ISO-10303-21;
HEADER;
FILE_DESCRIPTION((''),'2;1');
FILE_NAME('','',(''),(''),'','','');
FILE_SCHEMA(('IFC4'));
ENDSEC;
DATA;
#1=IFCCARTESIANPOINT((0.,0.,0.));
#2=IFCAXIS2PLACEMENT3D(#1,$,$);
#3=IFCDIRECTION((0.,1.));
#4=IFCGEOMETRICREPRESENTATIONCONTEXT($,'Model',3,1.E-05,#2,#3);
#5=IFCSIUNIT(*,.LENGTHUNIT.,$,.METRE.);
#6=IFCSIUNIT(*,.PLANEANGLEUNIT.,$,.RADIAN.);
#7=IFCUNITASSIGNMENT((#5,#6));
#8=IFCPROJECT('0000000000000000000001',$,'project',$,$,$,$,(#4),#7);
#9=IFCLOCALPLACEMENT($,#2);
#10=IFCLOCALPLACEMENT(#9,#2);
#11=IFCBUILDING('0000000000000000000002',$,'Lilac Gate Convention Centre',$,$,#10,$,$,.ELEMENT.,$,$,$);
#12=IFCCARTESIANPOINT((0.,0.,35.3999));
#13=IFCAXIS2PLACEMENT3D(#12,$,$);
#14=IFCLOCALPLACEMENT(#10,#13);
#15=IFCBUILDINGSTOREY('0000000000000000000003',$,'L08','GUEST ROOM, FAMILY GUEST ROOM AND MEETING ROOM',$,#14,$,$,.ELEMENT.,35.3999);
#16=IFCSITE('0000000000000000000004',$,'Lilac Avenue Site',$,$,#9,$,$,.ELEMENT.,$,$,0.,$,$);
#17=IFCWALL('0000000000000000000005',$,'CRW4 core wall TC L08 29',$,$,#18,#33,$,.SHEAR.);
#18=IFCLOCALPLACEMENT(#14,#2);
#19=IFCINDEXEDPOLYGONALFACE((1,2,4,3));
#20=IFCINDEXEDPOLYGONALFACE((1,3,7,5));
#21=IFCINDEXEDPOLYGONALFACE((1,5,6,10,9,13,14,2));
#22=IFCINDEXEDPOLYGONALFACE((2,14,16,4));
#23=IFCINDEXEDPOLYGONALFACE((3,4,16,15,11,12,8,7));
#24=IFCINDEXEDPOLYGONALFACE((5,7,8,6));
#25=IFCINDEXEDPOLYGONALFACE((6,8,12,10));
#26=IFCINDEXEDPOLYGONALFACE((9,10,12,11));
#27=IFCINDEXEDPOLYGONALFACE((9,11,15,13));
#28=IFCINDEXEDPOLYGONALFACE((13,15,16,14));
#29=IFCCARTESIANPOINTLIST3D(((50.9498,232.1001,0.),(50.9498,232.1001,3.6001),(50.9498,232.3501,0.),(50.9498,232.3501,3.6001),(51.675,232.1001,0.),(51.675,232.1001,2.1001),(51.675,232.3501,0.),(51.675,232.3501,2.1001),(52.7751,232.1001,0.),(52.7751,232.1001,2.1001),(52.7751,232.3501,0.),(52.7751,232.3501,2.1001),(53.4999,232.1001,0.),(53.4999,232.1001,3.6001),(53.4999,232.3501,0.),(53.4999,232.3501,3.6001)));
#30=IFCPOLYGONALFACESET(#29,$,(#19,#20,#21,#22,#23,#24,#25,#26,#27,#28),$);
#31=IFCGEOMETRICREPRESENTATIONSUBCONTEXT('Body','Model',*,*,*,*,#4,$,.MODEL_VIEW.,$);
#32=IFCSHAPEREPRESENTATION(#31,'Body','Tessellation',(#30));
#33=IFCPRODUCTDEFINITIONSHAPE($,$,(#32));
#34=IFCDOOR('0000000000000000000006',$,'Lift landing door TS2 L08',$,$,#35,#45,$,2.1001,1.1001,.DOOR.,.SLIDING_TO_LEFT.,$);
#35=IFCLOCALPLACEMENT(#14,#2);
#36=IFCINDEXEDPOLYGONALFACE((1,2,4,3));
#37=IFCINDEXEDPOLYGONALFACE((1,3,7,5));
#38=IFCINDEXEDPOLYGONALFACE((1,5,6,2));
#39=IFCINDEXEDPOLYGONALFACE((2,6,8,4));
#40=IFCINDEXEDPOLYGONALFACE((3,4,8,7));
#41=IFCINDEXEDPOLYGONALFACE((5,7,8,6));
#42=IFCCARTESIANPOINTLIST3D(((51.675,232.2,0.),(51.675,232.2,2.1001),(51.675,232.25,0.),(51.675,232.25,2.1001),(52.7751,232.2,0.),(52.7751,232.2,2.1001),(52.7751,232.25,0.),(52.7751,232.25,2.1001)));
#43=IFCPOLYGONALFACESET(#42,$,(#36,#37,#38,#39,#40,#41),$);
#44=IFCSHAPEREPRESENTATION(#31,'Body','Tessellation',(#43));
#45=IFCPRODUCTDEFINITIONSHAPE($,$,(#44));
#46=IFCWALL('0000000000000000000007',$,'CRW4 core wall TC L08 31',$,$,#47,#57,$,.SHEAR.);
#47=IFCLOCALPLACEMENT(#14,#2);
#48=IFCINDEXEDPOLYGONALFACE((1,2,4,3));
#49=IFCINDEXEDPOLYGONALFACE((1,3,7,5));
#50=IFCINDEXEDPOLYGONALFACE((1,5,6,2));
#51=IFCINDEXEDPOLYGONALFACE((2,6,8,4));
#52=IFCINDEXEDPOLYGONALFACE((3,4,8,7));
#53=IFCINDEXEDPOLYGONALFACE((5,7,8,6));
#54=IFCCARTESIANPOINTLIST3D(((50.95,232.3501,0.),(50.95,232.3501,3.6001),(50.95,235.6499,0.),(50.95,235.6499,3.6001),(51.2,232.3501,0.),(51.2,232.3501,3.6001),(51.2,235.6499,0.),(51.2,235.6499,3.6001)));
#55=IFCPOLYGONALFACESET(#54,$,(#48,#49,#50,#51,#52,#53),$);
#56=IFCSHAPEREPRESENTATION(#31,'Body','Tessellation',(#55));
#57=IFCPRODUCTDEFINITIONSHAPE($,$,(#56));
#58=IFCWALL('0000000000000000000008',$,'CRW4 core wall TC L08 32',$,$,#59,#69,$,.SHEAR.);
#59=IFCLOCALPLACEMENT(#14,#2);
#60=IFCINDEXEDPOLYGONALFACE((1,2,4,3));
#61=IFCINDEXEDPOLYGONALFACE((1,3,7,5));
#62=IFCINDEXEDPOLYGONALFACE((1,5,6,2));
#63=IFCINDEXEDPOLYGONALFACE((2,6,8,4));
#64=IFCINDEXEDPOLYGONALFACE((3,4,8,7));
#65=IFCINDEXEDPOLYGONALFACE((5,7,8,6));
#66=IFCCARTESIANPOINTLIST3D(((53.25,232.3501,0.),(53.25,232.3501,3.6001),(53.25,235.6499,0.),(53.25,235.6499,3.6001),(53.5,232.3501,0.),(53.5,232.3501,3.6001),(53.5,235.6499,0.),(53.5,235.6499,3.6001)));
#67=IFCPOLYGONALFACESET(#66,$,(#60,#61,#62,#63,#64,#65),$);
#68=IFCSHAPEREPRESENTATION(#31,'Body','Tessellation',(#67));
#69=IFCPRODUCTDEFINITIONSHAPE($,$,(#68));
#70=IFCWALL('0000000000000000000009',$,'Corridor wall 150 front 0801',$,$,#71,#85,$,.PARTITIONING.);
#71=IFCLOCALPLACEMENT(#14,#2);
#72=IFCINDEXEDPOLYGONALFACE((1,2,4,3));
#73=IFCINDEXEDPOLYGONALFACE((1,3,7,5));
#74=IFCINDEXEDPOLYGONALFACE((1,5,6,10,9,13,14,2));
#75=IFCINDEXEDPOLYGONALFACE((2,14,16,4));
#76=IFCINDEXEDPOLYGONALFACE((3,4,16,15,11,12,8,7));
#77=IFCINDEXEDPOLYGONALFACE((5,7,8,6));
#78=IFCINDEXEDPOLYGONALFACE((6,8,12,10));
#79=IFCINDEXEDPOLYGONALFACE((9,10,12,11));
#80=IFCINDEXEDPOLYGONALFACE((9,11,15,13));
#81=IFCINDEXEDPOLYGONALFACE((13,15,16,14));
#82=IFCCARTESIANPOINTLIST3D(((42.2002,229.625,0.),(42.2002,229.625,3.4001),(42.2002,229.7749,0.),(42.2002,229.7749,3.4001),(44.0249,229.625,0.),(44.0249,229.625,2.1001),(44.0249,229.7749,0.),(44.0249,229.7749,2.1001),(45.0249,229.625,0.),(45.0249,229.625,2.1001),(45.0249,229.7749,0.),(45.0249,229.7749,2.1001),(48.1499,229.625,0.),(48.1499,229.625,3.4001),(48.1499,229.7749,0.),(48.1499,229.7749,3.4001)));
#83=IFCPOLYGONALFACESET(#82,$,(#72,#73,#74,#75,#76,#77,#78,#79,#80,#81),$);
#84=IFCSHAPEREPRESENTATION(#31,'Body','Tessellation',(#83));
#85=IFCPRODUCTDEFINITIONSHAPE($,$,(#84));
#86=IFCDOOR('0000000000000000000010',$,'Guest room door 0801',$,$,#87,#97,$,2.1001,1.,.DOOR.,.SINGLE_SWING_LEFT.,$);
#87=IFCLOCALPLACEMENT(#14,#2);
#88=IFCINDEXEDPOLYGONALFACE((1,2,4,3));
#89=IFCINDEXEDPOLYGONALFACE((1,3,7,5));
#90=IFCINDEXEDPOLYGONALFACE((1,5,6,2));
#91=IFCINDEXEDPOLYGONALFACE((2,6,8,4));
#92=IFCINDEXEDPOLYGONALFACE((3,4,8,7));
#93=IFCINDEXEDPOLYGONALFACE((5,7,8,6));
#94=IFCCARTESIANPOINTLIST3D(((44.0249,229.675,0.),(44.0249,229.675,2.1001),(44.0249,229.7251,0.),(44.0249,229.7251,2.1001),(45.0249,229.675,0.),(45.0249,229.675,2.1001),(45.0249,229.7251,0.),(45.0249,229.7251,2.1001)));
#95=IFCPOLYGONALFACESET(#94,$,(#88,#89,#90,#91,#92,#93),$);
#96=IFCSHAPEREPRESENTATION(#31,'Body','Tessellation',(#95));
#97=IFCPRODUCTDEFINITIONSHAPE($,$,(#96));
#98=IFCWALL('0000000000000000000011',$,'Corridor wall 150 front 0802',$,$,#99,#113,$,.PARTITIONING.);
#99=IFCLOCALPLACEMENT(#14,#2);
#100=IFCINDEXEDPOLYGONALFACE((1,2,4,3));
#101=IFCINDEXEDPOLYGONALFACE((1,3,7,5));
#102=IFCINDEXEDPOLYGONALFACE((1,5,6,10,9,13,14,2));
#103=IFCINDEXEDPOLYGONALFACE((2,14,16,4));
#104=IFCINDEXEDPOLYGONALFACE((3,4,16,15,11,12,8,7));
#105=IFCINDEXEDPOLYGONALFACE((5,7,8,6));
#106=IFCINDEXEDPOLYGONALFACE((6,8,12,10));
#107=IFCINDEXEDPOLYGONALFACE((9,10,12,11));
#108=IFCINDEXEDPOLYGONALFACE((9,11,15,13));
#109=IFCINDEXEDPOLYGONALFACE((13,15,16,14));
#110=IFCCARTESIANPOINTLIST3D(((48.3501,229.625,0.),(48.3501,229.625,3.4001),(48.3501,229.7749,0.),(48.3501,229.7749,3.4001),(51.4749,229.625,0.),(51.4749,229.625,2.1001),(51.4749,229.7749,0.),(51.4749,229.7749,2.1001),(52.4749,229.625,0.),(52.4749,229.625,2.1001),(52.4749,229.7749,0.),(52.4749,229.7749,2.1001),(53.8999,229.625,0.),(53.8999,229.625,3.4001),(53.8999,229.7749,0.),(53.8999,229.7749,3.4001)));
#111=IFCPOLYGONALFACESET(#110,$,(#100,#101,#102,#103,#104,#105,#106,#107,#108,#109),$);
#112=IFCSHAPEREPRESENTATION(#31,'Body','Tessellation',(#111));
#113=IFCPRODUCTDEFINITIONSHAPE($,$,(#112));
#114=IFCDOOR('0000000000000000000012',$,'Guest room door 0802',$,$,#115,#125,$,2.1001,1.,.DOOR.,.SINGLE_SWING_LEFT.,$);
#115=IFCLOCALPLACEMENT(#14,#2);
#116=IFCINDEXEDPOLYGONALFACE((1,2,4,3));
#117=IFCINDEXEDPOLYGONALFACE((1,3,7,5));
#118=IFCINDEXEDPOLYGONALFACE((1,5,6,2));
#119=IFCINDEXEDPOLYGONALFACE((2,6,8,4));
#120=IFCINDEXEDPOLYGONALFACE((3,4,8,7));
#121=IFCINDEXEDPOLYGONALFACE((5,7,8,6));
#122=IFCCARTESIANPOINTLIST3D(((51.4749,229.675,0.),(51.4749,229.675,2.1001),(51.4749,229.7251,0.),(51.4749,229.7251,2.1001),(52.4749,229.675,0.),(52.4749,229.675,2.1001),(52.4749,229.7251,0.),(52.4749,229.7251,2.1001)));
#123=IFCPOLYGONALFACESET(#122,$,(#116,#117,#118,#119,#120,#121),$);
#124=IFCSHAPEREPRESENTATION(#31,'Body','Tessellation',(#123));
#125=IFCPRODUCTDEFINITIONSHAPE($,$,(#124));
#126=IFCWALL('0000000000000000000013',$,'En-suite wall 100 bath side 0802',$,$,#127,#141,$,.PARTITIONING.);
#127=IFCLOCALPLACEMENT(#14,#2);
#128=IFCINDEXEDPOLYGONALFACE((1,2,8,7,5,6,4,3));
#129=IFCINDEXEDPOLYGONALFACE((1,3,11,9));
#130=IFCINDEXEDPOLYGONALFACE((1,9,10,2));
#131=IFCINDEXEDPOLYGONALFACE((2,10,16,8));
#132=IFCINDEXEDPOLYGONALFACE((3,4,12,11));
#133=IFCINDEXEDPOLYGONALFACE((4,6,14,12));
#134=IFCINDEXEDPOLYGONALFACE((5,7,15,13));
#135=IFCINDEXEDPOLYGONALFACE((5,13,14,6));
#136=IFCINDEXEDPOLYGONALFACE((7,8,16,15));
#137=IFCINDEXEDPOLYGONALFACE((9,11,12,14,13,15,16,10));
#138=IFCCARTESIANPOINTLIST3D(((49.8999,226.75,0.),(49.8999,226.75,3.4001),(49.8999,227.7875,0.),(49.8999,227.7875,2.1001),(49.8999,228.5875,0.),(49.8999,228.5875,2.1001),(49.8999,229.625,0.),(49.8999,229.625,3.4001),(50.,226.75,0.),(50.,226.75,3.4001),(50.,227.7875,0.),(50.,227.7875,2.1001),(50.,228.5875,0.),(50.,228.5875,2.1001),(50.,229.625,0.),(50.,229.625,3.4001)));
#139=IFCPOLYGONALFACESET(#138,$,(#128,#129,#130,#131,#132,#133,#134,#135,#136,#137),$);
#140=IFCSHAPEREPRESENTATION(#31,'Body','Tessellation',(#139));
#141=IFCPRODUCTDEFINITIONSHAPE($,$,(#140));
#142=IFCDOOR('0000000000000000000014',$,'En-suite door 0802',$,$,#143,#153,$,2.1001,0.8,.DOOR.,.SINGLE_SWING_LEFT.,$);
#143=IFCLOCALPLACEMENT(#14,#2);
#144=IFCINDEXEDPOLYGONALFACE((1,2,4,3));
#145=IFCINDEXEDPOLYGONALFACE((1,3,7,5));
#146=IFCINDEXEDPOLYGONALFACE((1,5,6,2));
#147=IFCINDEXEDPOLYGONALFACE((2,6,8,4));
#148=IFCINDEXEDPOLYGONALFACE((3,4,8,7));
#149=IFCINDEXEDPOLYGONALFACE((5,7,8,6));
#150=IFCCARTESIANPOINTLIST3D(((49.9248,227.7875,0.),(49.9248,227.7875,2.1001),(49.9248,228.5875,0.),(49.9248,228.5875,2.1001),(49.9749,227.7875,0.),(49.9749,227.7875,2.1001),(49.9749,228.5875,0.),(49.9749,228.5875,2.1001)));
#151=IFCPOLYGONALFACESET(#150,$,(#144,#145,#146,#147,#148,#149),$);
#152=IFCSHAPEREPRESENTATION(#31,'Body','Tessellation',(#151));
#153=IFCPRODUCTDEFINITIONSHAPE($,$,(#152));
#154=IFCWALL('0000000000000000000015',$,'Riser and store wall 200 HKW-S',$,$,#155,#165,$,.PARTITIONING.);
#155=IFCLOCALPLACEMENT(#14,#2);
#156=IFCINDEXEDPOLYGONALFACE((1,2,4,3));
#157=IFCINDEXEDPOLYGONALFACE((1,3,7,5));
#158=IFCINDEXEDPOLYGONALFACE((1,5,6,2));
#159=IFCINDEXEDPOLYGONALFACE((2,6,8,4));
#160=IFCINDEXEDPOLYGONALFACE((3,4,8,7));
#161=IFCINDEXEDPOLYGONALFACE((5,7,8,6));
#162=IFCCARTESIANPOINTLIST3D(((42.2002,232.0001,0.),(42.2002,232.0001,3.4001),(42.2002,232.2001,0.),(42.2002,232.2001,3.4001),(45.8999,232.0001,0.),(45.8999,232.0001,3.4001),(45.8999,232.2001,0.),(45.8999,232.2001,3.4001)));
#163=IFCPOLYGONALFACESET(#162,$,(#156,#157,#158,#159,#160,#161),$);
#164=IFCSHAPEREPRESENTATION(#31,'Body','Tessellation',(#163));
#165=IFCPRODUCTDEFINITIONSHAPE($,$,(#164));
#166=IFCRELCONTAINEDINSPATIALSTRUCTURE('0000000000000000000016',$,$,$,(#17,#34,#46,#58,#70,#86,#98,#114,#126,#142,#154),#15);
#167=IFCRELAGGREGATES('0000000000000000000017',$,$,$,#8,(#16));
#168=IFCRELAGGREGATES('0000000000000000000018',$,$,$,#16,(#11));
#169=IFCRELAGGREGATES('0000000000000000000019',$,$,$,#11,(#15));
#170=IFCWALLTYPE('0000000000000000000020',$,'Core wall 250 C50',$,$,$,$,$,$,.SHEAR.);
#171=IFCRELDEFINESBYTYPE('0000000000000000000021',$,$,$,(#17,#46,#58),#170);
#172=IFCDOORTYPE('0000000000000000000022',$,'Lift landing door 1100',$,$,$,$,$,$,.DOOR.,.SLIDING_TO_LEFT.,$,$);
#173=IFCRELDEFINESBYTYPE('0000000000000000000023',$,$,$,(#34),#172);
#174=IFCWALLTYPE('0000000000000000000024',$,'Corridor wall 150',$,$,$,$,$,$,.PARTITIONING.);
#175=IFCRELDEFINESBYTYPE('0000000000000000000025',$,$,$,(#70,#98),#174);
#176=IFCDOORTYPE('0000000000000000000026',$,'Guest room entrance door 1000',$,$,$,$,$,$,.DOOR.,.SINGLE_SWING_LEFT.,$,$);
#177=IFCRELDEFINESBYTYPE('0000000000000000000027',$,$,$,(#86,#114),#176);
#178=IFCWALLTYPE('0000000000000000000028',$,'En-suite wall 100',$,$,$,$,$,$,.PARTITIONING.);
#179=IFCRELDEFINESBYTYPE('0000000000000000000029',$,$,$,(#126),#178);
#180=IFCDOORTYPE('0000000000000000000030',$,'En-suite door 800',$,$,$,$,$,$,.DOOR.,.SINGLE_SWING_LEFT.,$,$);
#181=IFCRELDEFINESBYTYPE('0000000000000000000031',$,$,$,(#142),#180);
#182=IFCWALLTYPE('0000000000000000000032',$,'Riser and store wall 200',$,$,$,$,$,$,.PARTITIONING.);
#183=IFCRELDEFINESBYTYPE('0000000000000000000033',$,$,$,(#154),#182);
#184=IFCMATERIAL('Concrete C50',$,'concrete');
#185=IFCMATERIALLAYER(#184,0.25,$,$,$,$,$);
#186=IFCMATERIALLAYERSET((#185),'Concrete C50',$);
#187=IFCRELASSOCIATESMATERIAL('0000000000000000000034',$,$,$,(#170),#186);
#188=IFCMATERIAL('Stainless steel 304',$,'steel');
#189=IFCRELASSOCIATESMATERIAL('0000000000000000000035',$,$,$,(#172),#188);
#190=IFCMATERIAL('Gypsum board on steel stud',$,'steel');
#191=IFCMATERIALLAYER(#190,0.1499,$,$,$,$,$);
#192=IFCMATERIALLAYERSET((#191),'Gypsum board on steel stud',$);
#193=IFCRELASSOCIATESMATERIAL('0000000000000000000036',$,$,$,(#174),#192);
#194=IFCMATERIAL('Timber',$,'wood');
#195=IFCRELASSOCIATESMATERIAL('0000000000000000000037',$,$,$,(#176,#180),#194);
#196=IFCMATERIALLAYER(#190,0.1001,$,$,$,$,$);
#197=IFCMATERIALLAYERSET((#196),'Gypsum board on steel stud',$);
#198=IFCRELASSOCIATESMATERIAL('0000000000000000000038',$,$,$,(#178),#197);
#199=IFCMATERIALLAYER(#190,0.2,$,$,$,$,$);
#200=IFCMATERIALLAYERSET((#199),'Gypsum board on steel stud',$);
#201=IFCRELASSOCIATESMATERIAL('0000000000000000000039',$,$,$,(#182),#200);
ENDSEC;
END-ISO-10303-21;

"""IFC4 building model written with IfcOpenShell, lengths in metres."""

from ifc_helpers import new_model, si_unit, direction, frame, frame_2d, origin, place, context, subcontext, project, spatial, rectangle, extrude, material, layer, layer_set, type_object, element, fill, save


model = new_model("IFC4")

# Units and contexts
model_context = context("Model", 3, precision=1e-05, world=origin(), true_north=direction((0.0, 1.0)))
body_context = subcontext(model_context, "Body", "Model", "MODEL_VIEW")
ifc_project = project(units=[si_unit("LENGTHUNIT", "METRE"), si_unit("PLANEANGLEUNIT", "RADIAN")], contexts=[model_context])

# Site, building, storey
site_placement = place(None, origin())
site = spatial("IfcSite", under=ifc_project, at=site_placement, Name="Lilac Avenue Site", CompositionType="ELEMENT", RefElevation=0.0)
building_placement = place(site_placement, origin())
building = spatial("IfcBuilding", under=site, at=building_placement, Name="Lilac Gate Convention Centre", CompositionType="ELEMENT")
storey_placement = place(building_placement, frame((0.0, 0.0, 35.3999)))
storey = spatial("IfcBuildingStorey", under=building, at=storey_placement, Name="L08", Description="GUEST ROOM, FAMILY GUEST ROOM AND MEETING ROOM", CompositionType="ELEMENT", Elevation=35.3999)

# Shared definitions
ifc_material_1 = material(Name="Concrete C50", Category="concrete")
ifc_layer_1 = layer(ifc_material_1, 0.25)
ifc_layer_set_1 = layer_set([ifc_layer_1], Name="Concrete C50")
wall_type_1 = type_object("IfcWallType", Name="Core wall 250 C50", PredefinedType="SHEAR", material=ifc_layer_set_1)
ifc_material_2 = material(Name="Stainless steel 304", Category="steel")
door_type_1 = type_object("IfcDoorType", Name="Lift landing door 1100", OperationType="SLIDING_TO_LEFT", PredefinedType="DOOR", material=ifc_material_2)

# Wall, opening, door
wall_1_placement = place(storey_placement, frame((50.95, 232.2251, 0.0), z_axis=(0.0, 0.0, 1.0), x_axis=(1.0, 0.0, 0.0)))
wall_1 = element("IfcWall", 1, at=wall_1_placement, inside=storey, type_object=wall_type_1, Name="CRW4 core wall TC L08 29", PredefinedType="SHEAR", context=body_context, shape_type="SweptSolid", body=[
    extrude(rectangle(XDim=2.55, YDim=0.25, at=frame_2d((1.2749, 0.0))), origin(), (0.0, 0.0, 1.0), 3.6001),
])
opening_1_placement = place(wall_1_placement, frame((0.7251, 0.0, 0.0)))
opening_1 = element("IfcOpeningElement", 2, at=opening_1_placement, cuts=wall_1, PredefinedType="OPENING", context=body_context, shape_type="SweptSolid", body=[
    extrude(rectangle(XDim=1.1001, YDim=2.1001, at=frame_2d((0.55, 1.05))), frame((0.0, 0.135, 0.0), z_axis=(0.0, -1.0, 0.0), x_axis=(1.0, 0.0, 0.0)), (0.0, 0.0, 1.0), 0.27),
])
door_1_placement = place(opening_1_placement, origin())
door_1 = element("IfcDoor", 3, at=door_1_placement, inside=storey, type_object=door_type_1, Name="Lift landing door TS2 L08", OperationType="SLIDING_TO_LEFT", OverallHeight=2.1001, OverallWidth=1.1001, PredefinedType="DOOR", context=body_context, shape_type="SweptSolid", body=[
    extrude(rectangle(XDim=1.1001, YDim=2.1001, at=frame_2d((0.55, 1.05))), frame((0.0, 0.0249, 0.0), z_axis=(0.0, -1.0, 0.0), x_axis=(1.0, 0.0, 0.0)), (0.0, 0.0, 1.0), 0.05),
])
fill(opening_1, door_1)

# Walls
for number, where, z_axis, x_axis, name in (
    (4, (51.075, 232.3501, 0.0), (0.0, 0.0, 1.0), (0.0, 1.0, 0.0), "CRW4 core wall TC L08 31"),
    (5, (53.375, 232.3501, 0.0), (0.0, 0.0, 1.0), (0.0, 1.0, 0.0), "CRW4 core wall TC L08 32"),
):
    element("IfcWall", number, at=place(storey_placement, frame(where, z_axis=z_axis, x_axis=x_axis)), inside=storey, type_object=wall_type_1, Name=name, PredefinedType="SHEAR", context=body_context, shape_type="SweptSolid", body=[
        extrude(rectangle(XDim=3.2998, YDim=0.25, at=frame_2d((1.6499, 0.0))), origin(), (0.0, 0.0, 1.0), 3.6001),
    ])

# Walls, openings, doors
ifc_material_3 = material(Name="Gypsum board on steel stud", Category="steel")
ifc_layer_2 = layer(ifc_material_3, 0.1499)
ifc_layer_set_2 = layer_set([ifc_layer_2], Name="Gypsum board on steel stud")
wall_type_2 = type_object("IfcWallType", Name="Corridor wall 150", PredefinedType="PARTITIONING", material=ifc_layer_set_2)
wall_2_placement = place(storey_placement, frame((48.1499, 229.7, 0.0), z_axis=(0.0, 0.0, 1.0), x_axis=(-1.0, 0.0, 0.0)))
wall_2 = element("IfcWall", 6, at=wall_2_placement, inside=storey, type_object=wall_type_2, Name="Corridor wall 150 front 0801", PredefinedType="PARTITIONING", context=body_context, shape_type="SweptSolid", body=[
    extrude(rectangle(XDim=5.9497, YDim=0.1499, at=frame_2d((2.9749, 0.0))), origin(), (0.0, 0.0, 1.0), 3.4001),
])
opening_2_placement = place(wall_2_placement, frame((3.125, 0.0, 0.0)))
opening_2 = element("IfcOpeningElement", 7, at=opening_2_placement, cuts=wall_2, PredefinedType="OPENING", context=body_context, shape_type="SweptSolid", body=[
    extrude(rectangle(XDim=1.0, YDim=2.1001, at=frame_2d((0.5, 1.05))), frame((0.0, 0.085, 0.0), z_axis=(0.0, -1.0, 0.0), x_axis=(1.0, 0.0, 0.0)), (0.0, 0.0, 1.0), 0.1699),
])
ifc_material_4 = material(Name="Timber", Category="wood")
door_type_2 = type_object("IfcDoorType", Name="Guest room entrance door 1000", OperationType="SINGLE_SWING_LEFT", PredefinedType="DOOR", material=ifc_material_4)
door_2_placement = place(opening_2_placement, origin())
door_2 = element("IfcDoor", 8, at=door_2_placement, inside=storey, type_object=door_type_2, Name="Guest room door 0801", OperationType="SINGLE_SWING_LEFT", OverallHeight=2.1001, OverallWidth=1.0, PredefinedType="DOOR", context=body_context, shape_type="SweptSolid", body=[
    extrude(rectangle(XDim=1.0, YDim=2.1001, at=frame_2d((0.5, 1.05))), frame((0.0, 0.0249, 0.0), z_axis=(0.0, -1.0, 0.0), x_axis=(1.0, 0.0, 0.0)), (0.0, 0.0, 1.0), 0.05),
])
fill(opening_2, door_2)
wall_3_placement = place(storey_placement, frame((53.8999, 229.7, 0.0), z_axis=(0.0, 0.0, 1.0), x_axis=(-1.0, 0.0, 0.0)))
wall_3 = element("IfcWall", 9, at=wall_3_placement, inside=storey, type_object=wall_type_2, Name="Corridor wall 150 front 0802", PredefinedType="PARTITIONING", context=body_context, shape_type="SweptSolid", body=[
    extrude(rectangle(XDim=5.5498, YDim=0.1499, at=frame_2d((2.7749, 0.0))), origin(), (0.0, 0.0, 1.0), 3.4001),
])
opening_3_placement = place(wall_3_placement, frame((1.425, 0.0, 0.0)))
opening_3 = element("IfcOpeningElement", 10, at=opening_3_placement, cuts=wall_3, PredefinedType="OPENING", context=body_context, shape_type="SweptSolid", body=[
    extrude(rectangle(XDim=1.0, YDim=2.1001, at=frame_2d((0.5, 1.05))), frame((0.0, 0.085, 0.0), z_axis=(0.0, -1.0, 0.0), x_axis=(1.0, 0.0, 0.0)), (0.0, 0.0, 1.0), 0.1699),
])
door_3_placement = place(opening_3_placement, origin())
door_3 = element("IfcDoor", 11, at=door_3_placement, inside=storey, type_object=door_type_2, Name="Guest room door 0802", OperationType="SINGLE_SWING_LEFT", OverallHeight=2.1001, OverallWidth=1.0, PredefinedType="DOOR", context=body_context, shape_type="SweptSolid", body=[
    extrude(rectangle(XDim=1.0, YDim=2.1001, at=frame_2d((0.5, 1.05))), frame((0.0, 0.0249, 0.0), z_axis=(0.0, -1.0, 0.0), x_axis=(1.0, 0.0, 0.0)), (0.0, 0.0, 1.0), 0.05),
])
fill(opening_3, door_3)
ifc_layer_3 = layer(ifc_material_3, 0.1001)
ifc_layer_set_3 = layer_set([ifc_layer_3], Name="Gypsum board on steel stud")
wall_type_3 = type_object("IfcWallType", Name="En-suite wall 100", PredefinedType="PARTITIONING", material=ifc_layer_set_3)
wall_4_placement = place(storey_placement, frame((49.95, 229.625, 0.0), z_axis=(0.0, 0.0, 1.0), x_axis=(0.0, -1.0, 0.0)))
wall_4 = element("IfcWall", 12, at=wall_4_placement, inside=storey, type_object=wall_type_3, Name="En-suite wall 100 bath side 0802", PredefinedType="PARTITIONING", context=body_context, shape_type="SweptSolid", body=[
    extrude(rectangle(XDim=2.875, YDim=0.1001, at=frame_2d((1.4375, 0.0))), origin(), (0.0, 0.0, 1.0), 3.4001),
])
opening_4_placement = place(wall_4_placement, frame((1.0376, 0.0, 0.0)))
opening_4 = element("IfcOpeningElement", 13, at=opening_4_placement, cuts=wall_4, PredefinedType="OPENING", context=body_context, shape_type="SweptSolid", body=[
    extrude(rectangle(XDim=0.8, YDim=2.1001, at=frame_2d((0.3999, 1.05))), frame((0.0, 0.0601, 0.0), z_axis=(0.0, -1.0, 0.0), x_axis=(1.0, 0.0, 0.0)), (0.0, 0.0, 1.0), 0.1201),
])
door_type_3 = type_object("IfcDoorType", Name="En-suite door 800", OperationType="SINGLE_SWING_LEFT", PredefinedType="DOOR", material=ifc_material_4)
door_4_placement = place(opening_4_placement, origin())
door_4 = element("IfcDoor", 14, at=door_4_placement, inside=storey, type_object=door_type_3, Name="En-suite door 0802", OperationType="SINGLE_SWING_LEFT", OverallHeight=2.1001, OverallWidth=0.8, PredefinedType="DOOR", context=body_context, shape_type="SweptSolid", body=[
    extrude(rectangle(XDim=0.8, YDim=2.1001, at=frame_2d((0.3999, 1.05))), frame((0.0, 0.0249, 0.0), z_axis=(0.0, -1.0, 0.0), x_axis=(1.0, 0.0, 0.0)), (0.0, 0.0, 1.0), 0.05),
])
fill(opening_4, door_4)

# Wall
ifc_layer_4 = layer(ifc_material_3, 0.2)
ifc_layer_set_4 = layer_set([ifc_layer_4], Name="Gypsum board on steel stud")
wall_type_4 = type_object("IfcWallType", Name="Riser and store wall 200", PredefinedType="PARTITIONING", material=ifc_layer_set_4)
wall_5_placement = place(storey_placement, frame((42.2002, 232.1001, 0.0), z_axis=(0.0, 0.0, 1.0), x_axis=(1.0, 0.0, 0.0)))
element("IfcWall", 15, at=wall_5_placement, inside=storey, type_object=wall_type_4, Name="Riser and store wall 200 HKW-S", PredefinedType="PARTITIONING", context=body_context, shape_type="SweptSolid", body=[
    extrude(rectangle(XDim=3.6997, YDim=0.2, at=frame_2d((1.8499, 0.0))), origin(), (0.0, 0.0, 1.0), 3.4001),
])

save(model, "model.ifc")
